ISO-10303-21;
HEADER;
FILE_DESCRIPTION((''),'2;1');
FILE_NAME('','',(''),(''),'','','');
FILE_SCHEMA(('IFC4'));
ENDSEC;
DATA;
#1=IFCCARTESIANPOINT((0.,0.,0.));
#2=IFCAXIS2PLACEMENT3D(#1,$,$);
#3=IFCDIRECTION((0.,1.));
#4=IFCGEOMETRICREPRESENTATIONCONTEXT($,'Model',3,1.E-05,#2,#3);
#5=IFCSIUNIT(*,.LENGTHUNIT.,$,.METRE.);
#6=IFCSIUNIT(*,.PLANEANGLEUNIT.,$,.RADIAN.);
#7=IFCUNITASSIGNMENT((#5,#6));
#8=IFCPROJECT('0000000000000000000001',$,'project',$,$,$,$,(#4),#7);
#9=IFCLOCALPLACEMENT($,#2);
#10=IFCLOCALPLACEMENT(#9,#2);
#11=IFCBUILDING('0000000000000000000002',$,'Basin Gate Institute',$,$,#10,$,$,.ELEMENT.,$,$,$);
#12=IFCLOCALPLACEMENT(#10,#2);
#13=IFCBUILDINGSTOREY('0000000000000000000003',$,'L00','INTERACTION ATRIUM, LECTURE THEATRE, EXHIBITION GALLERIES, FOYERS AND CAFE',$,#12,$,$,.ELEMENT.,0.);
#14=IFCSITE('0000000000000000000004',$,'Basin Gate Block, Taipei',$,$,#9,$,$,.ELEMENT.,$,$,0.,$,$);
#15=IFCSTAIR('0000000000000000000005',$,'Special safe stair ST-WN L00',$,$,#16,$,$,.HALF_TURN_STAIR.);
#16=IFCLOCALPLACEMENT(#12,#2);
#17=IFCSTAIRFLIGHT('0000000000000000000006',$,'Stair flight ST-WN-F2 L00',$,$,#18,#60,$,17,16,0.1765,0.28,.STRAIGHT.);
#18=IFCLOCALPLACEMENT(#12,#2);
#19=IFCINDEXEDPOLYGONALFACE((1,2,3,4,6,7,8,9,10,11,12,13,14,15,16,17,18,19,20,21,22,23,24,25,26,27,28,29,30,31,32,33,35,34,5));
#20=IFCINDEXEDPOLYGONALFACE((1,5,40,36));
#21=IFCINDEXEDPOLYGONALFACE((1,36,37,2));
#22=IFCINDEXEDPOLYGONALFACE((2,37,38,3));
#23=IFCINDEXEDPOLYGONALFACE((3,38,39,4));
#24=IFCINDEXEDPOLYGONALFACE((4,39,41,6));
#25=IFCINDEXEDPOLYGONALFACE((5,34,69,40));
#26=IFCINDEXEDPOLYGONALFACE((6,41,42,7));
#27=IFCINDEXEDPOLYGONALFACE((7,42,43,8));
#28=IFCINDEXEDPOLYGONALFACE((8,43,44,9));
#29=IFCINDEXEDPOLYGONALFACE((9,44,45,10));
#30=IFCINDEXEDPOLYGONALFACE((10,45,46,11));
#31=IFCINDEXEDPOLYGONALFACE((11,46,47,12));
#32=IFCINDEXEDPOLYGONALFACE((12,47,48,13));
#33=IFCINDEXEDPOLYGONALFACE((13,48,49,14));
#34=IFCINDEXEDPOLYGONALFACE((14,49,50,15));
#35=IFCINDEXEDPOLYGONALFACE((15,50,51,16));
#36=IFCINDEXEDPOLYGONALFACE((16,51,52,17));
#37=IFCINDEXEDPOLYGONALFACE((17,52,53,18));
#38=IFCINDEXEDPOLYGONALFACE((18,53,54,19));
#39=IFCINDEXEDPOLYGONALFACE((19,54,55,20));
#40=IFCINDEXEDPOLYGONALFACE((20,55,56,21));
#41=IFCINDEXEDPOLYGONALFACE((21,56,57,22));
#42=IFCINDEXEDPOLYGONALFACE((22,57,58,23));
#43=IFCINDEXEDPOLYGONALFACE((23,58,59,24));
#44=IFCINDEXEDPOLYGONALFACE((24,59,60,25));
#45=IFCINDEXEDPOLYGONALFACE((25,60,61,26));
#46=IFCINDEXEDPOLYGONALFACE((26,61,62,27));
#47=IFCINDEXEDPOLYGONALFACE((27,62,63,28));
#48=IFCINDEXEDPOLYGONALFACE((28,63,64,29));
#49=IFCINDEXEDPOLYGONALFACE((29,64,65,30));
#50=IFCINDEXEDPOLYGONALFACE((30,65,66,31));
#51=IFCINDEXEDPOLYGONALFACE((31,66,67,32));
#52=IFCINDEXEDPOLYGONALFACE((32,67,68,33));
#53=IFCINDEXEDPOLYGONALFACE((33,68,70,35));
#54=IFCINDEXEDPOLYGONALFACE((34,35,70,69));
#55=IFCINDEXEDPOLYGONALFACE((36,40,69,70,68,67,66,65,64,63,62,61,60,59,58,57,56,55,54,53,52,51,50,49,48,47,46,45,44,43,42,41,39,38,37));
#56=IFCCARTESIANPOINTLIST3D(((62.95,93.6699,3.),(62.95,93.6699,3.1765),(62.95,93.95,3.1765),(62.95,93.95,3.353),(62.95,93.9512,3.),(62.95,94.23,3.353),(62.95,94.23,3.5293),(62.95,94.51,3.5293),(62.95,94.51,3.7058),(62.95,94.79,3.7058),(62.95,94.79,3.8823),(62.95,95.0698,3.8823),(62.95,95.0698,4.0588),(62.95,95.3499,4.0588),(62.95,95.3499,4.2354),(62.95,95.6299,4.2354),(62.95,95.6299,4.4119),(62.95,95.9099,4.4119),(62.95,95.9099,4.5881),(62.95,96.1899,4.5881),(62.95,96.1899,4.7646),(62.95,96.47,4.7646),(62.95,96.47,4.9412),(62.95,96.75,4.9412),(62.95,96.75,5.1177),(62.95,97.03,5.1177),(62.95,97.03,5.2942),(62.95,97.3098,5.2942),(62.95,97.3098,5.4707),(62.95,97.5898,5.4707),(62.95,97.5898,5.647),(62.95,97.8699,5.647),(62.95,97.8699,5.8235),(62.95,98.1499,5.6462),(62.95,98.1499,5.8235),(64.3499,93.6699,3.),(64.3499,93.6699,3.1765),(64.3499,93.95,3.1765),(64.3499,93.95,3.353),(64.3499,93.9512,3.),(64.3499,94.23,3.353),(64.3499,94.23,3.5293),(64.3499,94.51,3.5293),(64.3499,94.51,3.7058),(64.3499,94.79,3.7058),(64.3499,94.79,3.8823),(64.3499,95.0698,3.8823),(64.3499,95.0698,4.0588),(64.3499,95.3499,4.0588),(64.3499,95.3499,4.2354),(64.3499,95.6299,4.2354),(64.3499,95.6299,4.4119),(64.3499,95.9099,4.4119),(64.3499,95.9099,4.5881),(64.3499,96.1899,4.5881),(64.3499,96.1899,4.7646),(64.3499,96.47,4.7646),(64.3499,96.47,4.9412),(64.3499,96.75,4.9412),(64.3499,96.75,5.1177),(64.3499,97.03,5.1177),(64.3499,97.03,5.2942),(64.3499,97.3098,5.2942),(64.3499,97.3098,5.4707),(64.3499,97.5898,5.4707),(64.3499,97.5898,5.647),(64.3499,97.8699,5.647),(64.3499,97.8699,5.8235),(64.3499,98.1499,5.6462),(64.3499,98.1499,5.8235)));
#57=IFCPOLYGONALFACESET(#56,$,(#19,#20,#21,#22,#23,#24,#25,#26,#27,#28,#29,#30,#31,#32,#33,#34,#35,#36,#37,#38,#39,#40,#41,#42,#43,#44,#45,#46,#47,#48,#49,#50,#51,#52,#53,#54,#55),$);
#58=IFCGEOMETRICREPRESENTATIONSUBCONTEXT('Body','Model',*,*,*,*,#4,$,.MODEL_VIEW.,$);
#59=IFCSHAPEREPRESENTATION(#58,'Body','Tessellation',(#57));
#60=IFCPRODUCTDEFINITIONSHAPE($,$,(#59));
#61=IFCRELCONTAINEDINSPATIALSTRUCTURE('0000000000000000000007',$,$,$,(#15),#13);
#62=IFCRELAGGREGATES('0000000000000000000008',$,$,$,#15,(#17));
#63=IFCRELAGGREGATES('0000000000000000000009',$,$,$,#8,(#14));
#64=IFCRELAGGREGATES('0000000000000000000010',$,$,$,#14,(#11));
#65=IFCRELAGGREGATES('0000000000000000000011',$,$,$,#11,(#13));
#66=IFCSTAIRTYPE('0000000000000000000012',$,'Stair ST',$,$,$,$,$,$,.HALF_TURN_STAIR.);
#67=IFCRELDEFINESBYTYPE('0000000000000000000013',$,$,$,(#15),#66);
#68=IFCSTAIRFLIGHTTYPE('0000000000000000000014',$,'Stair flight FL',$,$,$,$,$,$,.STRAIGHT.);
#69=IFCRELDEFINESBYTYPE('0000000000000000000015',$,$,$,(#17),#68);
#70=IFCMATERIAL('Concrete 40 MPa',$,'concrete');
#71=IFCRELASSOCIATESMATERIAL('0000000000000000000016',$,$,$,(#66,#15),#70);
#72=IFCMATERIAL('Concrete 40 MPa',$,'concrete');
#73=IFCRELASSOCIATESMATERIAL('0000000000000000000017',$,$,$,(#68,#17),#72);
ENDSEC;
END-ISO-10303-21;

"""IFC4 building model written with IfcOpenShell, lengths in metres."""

from ifc_helpers import new_model, si_unit, direction, frame, origin, place, context, subcontext, project, spatial, polyline, outline, extrude, material, type_object, element, aggregate, save


model = new_model("IFC4")

# Units and contexts
model_context = context("Model", 3, precision=1e-05, world=origin(), true_north=direction((0.0, 1.0)))
body_context = subcontext(model_context, "Body", "Model", "MODEL_VIEW")
ifc_project = project(units=[si_unit("LENGTHUNIT", "METRE"), si_unit("PLANEANGLEUNIT", "RADIAN")], contexts=[model_context])

# Site, building, storey
site_placement = place(None, origin())
site = spatial("IfcSite", under=ifc_project, at=site_placement, Name="Basin Gate Block, Taipei", CompositionType="ELEMENT", RefElevation=0.0)
building_placement = place(site_placement, origin())
building = spatial("IfcBuilding", under=site, at=building_placement, Name="Basin Gate Institute", CompositionType="ELEMENT")
storey_placement = place(building_placement, origin())
storey = spatial("IfcBuildingStorey", under=building, at=storey_placement, Name="L00", Description="INTERACTION ATRIUM, LECTURE THEATRE, EXHIBITION GALLERIES, FOYERS AND CAFE", CompositionType="ELEMENT", Elevation=0.0)

# Stair, stair flight
ifc_material_1 = material(Name="Concrete 40 MPa", Category="concrete")
stair_type = type_object("IfcStairType", Name="Stair ST", PredefinedType="HALF_TURN_STAIR", material=ifc_material_1)
stair_placement = place(storey_placement, origin())
stair = element("IfcStair", 1, at=stair_placement, inside=storey, type_object=stair_type, material=ifc_material_1, Name="Special safe stair ST-WN L00", PredefinedType="HALF_TURN_STAIR")
ifc_material_2 = material(Name="Concrete 40 MPa", Category="concrete")
stair_flight_type = type_object("IfcStairFlightType", Name="Stair flight FL", PredefinedType="STRAIGHT", material=ifc_material_2)
stair_flight_placement = place(storey_placement, frame((63.6499, 93.6699, 3.0), z_axis=(0.0, 0.0, 1.0), x_axis=(0.0, 1.0, 0.0)))
stair_flight = element("IfcStairFlight", 2, at=stair_flight_placement, type_object=stair_flight_type, material=ifc_material_2, Name="Stair flight ST-WN-F2 L00", NumberOfRisers=17, NumberOfTreads=16, PredefinedType="STRAIGHT", RiserHeight=0.1765, TreadLength=0.28, context=body_context, shape_type="SweptSolid", body=[
    extrude(outline(polyline([(0.0, 0.0), (0.0, 0.1765), (0.28, 0.1765), (0.28, 0.353), (0.5601, 0.353), (0.5601, 0.5293), (0.8401, 0.5293), (0.8401, 0.7058), (1.1201, 0.7058), (1.1201, 0.8823), (1.3999, 0.8823), (1.3999, 1.0588), (1.6799, 1.0588), (1.6799, 1.2354), (1.96, 1.2354), (1.96, 1.4119), (2.24, 1.4119), (2.24, 1.5881), (2.52, 1.5881), (2.52, 1.7646), (2.8, 1.7646), (2.8, 1.9412), (3.0801, 1.9412), (3.0801, 2.1177), (3.3601, 2.1177), (3.3601, 2.2942), (3.6399, 2.2942), (3.6399, 2.4707), (3.9199, 2.4707), (3.9199, 2.647), (4.2, 2.647), (4.2, 2.8235), (4.48, 2.8235), (4.48, 3.0), (4.48, 2.6462), (0.2812, 0.0), (0.0, 0.0)])), frame((0.0, 0.7, 0.0), z_axis=(0.0, -1.0, 0.0), x_axis=(1.0, 0.0, 0.0)), (0.0, 0.0, 1.0), 1.3999),
])
aggregate(stair, [stair_flight])

save(model, "model.ifc")
